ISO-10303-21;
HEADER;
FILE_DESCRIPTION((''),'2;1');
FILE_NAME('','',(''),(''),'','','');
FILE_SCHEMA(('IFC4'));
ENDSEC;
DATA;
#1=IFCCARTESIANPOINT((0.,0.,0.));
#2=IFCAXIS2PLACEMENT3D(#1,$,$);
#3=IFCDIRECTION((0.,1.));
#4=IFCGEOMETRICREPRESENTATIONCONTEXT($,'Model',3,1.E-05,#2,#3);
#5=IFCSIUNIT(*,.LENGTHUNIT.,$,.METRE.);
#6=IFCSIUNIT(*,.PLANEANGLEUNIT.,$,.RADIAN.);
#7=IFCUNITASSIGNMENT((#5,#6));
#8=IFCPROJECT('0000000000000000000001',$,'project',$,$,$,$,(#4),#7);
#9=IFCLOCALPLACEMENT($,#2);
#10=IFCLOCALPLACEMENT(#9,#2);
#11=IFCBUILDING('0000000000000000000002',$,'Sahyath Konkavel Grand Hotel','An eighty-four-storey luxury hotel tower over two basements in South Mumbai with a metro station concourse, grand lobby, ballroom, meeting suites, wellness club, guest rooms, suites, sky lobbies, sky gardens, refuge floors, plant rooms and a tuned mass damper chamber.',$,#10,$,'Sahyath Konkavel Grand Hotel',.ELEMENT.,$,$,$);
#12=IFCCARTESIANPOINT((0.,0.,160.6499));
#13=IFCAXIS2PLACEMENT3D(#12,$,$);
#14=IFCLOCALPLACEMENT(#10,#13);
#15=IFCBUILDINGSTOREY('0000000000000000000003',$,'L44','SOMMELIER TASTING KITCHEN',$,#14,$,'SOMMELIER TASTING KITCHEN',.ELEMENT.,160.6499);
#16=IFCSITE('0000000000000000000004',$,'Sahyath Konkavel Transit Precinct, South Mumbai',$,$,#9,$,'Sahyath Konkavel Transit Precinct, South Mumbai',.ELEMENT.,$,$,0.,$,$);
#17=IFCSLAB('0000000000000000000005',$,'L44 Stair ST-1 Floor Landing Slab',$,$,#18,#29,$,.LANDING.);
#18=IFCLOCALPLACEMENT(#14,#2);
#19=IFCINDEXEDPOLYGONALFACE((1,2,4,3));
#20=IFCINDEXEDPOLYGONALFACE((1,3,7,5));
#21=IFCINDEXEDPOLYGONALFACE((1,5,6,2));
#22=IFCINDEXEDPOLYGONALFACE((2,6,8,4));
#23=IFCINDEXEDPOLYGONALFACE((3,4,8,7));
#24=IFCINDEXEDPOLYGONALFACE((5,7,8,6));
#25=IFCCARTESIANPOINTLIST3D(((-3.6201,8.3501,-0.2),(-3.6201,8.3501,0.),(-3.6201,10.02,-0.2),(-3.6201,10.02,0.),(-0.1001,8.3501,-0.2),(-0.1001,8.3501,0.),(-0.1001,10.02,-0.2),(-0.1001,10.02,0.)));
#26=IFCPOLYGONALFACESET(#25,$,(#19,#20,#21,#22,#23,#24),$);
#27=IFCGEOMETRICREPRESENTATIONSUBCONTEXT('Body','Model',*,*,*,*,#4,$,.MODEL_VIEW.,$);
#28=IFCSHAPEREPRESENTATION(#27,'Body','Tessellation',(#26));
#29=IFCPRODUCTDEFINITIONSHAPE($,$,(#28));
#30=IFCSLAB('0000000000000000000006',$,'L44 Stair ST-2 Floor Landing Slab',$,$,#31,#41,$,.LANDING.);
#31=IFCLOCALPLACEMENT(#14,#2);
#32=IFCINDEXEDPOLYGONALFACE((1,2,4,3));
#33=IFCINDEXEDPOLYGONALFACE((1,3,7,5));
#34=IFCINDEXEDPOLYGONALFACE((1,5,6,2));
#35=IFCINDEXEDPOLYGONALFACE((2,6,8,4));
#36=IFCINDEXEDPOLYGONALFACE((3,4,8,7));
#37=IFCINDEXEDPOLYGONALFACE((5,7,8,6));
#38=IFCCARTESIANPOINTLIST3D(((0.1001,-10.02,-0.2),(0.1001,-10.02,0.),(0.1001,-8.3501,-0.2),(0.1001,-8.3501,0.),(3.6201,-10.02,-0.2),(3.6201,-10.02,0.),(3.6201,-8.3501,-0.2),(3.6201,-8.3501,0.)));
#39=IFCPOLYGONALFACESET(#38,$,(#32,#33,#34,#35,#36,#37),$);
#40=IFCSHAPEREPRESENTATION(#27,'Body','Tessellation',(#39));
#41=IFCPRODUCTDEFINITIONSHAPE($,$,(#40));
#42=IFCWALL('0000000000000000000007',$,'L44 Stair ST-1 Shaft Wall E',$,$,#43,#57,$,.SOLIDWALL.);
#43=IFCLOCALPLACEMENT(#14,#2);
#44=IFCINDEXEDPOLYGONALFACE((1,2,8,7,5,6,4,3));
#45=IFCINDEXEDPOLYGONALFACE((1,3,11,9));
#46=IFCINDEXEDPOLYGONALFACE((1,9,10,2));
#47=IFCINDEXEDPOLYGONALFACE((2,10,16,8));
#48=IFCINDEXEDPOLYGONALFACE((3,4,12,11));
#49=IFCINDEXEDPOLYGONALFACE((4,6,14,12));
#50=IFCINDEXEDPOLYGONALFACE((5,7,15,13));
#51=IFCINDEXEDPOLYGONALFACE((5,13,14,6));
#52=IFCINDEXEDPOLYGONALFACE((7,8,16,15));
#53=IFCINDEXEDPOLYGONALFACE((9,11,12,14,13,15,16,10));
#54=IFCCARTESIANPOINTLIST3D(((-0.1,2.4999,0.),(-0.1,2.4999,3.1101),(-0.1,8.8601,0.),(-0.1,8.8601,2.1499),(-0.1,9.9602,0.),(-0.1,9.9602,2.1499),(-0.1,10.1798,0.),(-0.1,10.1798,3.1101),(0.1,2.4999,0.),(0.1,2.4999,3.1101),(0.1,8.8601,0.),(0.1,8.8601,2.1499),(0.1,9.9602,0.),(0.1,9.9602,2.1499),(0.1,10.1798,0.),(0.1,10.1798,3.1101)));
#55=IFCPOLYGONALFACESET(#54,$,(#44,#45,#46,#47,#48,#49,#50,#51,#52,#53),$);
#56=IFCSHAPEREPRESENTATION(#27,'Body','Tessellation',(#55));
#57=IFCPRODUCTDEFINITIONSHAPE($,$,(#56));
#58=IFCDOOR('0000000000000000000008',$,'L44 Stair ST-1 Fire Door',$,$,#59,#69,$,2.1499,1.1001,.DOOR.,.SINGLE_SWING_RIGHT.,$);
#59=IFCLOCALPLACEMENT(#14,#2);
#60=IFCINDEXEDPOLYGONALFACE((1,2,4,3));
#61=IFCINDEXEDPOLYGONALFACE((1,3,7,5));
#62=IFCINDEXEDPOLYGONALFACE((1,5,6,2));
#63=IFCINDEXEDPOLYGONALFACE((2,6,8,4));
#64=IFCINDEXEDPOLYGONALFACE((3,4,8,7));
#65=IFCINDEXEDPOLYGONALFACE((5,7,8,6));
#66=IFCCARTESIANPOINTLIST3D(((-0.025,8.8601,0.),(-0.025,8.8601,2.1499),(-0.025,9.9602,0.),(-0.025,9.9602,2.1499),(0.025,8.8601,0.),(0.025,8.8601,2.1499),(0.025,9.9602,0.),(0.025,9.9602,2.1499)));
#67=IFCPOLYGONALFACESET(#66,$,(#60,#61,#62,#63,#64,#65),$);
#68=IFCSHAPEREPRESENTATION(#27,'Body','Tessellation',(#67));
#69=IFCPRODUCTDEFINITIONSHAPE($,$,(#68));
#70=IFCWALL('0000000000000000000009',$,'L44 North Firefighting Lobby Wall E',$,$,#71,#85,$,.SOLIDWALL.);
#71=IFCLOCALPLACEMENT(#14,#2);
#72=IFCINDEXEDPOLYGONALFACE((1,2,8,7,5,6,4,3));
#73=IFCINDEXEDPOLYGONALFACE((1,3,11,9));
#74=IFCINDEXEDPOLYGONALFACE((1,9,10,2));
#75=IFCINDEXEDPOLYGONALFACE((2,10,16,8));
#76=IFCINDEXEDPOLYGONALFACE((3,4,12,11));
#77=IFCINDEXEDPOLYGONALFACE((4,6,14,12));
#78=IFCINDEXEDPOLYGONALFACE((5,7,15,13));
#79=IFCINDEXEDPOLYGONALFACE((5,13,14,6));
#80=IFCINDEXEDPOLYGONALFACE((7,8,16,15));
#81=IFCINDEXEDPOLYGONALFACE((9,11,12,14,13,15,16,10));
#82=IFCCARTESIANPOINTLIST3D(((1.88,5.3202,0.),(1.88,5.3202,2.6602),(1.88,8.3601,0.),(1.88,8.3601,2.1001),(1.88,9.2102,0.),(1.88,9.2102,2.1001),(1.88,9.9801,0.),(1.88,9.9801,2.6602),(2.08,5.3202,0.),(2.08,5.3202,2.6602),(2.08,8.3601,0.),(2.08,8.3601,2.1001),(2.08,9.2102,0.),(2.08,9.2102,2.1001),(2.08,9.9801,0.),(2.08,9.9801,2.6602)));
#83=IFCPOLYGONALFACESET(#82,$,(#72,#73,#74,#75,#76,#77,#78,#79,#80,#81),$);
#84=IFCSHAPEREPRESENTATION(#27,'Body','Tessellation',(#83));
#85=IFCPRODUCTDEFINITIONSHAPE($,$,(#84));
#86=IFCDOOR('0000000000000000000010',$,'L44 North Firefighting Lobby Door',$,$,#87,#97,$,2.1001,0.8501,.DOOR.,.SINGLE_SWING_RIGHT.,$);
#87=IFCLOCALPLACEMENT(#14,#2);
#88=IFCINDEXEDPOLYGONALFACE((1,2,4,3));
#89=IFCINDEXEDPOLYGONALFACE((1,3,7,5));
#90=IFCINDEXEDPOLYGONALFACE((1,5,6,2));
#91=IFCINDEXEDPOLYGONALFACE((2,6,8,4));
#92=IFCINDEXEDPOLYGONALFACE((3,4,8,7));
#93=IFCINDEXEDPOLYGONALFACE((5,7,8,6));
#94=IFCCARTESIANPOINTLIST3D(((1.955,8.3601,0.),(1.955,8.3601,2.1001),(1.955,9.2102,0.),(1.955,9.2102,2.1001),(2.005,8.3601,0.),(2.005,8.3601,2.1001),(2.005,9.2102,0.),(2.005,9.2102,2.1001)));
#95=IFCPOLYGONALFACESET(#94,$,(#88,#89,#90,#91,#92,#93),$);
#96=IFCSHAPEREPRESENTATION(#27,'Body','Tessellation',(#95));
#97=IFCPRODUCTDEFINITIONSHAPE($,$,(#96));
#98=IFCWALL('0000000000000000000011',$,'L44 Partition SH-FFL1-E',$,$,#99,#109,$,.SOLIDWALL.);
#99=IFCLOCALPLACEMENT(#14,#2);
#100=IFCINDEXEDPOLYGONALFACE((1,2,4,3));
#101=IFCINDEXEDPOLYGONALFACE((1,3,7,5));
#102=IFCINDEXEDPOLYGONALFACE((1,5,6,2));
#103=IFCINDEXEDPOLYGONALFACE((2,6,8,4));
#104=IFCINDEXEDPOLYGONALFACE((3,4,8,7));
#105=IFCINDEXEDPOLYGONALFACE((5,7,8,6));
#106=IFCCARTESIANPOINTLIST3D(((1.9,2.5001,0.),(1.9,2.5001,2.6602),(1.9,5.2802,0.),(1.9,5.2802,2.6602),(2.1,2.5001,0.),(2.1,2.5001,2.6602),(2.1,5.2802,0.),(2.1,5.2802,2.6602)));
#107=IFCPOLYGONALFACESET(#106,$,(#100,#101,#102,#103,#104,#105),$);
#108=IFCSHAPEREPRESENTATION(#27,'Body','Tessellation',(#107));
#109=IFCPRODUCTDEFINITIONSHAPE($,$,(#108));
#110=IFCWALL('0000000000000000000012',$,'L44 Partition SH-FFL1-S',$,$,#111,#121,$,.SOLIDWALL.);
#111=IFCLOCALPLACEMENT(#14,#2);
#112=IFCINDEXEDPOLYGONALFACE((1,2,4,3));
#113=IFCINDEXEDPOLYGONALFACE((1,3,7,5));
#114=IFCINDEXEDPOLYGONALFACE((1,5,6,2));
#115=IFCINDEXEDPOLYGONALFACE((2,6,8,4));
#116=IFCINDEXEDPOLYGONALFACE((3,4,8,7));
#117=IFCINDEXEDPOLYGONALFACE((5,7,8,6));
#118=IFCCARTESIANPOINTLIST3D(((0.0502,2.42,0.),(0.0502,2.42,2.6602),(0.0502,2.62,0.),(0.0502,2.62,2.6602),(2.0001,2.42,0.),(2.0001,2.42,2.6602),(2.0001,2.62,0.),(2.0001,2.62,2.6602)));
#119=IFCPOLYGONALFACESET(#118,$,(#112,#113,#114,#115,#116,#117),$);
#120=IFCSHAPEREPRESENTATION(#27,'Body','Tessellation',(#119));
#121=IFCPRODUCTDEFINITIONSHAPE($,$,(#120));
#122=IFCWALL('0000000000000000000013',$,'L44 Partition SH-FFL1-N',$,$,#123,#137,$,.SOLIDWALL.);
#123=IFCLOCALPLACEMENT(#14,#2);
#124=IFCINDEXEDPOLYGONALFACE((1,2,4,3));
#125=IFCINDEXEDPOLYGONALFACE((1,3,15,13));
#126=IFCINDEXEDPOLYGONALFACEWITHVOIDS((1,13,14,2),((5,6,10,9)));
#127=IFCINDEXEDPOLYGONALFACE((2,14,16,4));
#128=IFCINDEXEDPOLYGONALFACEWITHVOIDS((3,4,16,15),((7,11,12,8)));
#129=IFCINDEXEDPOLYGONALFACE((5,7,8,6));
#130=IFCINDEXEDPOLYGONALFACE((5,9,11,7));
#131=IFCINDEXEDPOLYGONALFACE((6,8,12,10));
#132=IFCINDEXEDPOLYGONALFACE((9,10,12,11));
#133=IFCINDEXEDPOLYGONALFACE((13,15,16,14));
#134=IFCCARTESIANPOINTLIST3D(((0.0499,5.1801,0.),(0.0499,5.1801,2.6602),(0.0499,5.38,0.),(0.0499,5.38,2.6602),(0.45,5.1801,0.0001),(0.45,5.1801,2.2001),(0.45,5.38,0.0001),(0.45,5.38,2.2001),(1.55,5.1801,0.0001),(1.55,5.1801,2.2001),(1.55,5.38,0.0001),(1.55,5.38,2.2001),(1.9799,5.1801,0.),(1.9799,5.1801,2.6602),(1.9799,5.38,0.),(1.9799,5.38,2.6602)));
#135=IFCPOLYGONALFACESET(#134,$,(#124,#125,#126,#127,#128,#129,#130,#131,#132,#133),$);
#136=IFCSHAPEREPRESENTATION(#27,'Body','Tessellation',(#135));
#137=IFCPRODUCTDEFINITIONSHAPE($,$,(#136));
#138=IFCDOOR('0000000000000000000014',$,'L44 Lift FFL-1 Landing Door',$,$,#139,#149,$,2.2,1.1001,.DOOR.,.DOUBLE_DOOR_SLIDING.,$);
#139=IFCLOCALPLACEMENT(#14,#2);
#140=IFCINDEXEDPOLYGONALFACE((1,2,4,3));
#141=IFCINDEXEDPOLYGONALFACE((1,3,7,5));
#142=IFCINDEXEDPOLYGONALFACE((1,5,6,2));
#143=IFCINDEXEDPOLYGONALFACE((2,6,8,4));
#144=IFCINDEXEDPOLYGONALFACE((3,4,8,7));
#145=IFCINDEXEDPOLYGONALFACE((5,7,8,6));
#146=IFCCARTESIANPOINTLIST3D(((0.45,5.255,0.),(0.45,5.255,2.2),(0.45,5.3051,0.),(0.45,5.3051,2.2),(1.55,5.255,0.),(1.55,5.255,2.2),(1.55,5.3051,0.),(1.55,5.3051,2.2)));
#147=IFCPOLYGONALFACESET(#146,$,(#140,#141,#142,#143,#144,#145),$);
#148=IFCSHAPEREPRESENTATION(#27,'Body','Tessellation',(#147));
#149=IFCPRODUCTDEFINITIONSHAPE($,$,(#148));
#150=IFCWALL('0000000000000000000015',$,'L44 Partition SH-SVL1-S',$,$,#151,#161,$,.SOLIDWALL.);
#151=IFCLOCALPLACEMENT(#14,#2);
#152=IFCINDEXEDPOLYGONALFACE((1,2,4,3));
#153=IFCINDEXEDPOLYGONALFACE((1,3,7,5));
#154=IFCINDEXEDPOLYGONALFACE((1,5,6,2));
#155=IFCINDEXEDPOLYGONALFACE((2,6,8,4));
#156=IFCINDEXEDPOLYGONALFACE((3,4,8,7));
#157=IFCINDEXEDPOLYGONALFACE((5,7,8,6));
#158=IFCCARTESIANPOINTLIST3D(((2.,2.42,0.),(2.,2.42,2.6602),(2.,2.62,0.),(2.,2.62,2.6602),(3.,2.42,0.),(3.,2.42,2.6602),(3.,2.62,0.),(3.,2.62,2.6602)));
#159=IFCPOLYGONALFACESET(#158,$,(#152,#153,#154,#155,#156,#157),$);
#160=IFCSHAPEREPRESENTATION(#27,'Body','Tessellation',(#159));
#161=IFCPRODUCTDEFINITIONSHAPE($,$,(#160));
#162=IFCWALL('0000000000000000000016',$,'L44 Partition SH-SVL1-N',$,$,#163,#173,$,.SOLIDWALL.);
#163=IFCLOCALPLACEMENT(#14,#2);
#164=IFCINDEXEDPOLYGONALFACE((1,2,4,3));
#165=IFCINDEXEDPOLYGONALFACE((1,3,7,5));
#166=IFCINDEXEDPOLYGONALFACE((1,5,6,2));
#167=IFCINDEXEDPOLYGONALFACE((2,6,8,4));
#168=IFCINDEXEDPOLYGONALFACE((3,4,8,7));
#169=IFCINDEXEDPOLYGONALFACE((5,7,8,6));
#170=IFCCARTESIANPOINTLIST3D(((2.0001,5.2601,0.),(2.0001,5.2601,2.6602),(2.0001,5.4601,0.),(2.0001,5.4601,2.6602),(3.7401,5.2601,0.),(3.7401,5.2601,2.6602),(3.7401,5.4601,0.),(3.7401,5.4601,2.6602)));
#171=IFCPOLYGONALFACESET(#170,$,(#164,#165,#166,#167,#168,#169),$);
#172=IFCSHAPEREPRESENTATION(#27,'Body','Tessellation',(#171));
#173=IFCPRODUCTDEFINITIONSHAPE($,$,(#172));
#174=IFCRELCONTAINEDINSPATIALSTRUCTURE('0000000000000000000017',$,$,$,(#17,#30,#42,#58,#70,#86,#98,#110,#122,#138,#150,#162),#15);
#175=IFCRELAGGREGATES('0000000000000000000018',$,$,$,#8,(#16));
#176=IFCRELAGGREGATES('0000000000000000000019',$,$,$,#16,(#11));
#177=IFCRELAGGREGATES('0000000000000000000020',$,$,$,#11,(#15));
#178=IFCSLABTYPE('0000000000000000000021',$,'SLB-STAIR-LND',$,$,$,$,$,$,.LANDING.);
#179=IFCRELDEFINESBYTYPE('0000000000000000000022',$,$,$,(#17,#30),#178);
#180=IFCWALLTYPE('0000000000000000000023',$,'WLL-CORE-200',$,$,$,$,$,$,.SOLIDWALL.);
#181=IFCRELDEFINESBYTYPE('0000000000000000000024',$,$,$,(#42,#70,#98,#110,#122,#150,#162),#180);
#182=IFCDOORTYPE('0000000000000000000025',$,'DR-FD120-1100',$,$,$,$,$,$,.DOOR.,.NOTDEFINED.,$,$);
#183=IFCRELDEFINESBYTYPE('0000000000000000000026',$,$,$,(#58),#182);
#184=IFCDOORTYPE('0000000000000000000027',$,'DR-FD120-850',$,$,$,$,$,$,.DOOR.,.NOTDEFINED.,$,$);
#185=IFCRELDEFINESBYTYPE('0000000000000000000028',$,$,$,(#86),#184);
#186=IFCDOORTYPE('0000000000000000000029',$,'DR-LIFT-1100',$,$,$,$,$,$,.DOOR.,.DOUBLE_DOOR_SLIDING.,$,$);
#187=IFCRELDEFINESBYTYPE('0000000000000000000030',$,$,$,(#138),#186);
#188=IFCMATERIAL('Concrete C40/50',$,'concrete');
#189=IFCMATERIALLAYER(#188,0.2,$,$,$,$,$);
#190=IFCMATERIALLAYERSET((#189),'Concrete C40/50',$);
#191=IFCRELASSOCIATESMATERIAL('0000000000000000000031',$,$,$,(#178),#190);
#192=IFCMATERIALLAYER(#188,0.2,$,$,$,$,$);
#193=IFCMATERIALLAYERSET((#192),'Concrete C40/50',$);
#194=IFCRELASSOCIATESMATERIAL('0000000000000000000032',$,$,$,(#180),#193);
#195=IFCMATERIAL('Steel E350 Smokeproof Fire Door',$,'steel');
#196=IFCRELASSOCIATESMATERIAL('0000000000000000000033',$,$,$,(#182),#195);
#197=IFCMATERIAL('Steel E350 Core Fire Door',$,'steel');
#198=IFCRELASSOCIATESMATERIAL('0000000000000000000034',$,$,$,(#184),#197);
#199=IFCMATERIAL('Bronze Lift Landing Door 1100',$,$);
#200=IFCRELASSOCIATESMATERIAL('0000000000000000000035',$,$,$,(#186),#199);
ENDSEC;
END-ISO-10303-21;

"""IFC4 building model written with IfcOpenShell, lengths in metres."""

from ifc_helpers import new_model, si_unit, direction, frame, frame_2d, origin, origin_2d, place, context, subcontext, project, spatial, polyline, rectangle, outline, extrude, source, transform, mapped, material, layer, layer_set, type_object, element, fill, save


model = new_model("IFC4")

# Units and contexts
model_context = context("Model", 3, precision=1e-05, world=origin(), true_north=direction((0.0, 1.0)))
body_context = subcontext(model_context, "Body", "Model", "MODEL_VIEW")
ifc_project = project(units=[si_unit("LENGTHUNIT", "METRE"), si_unit("PLANEANGLEUNIT", "RADIAN")], contexts=[model_context])

# Site, building, storey
site_placement = place(None, origin())
site = spatial("IfcSite", under=ifc_project, at=site_placement, Name="Sahyath Konkavel Transit Precinct, South Mumbai", LongName="Sahyath Konkavel Transit Precinct, South Mumbai", CompositionType="ELEMENT", RefElevation=0.0)
building_placement = place(site_placement, origin())
building = spatial("IfcBuilding", under=site, at=building_placement, Name="Sahyath Konkavel Grand Hotel", Description="An eighty-four-storey luxury hotel tower over two basements in South Mumbai with a metro station concourse, grand lobby, ballroom, meeting suites, wellness club, guest rooms, suites, sky lobbies, sky gardens, refuge floors, plant rooms and a tuned mass damper chamber.", LongName="Sahyath Konkavel Grand Hotel", CompositionType="ELEMENT")
storey_placement = place(building_placement, frame((0.0, 0.0, 160.6499)))
storey = spatial("IfcBuildingStorey", under=building, at=storey_placement, Name="L44", Description="SOMMELIER TASTING KITCHEN", LongName="SOMMELIER TASTING KITCHEN", CompositionType="ELEMENT", Elevation=160.6499)

# Slabs
ifc_material_1 = material(Name="Concrete C40/50", Category="concrete")
ifc_layer_1 = layer(ifc_material_1, 0.2)
ifc_layer_set_1 = layer_set([ifc_layer_1], Name="Concrete C40/50")
slab_type_1 = type_object("IfcSlabType", Name="SLB-STAIR-LND", PredefinedType="LANDING", material=ifc_layer_set_1)
slab_1_placement = place(storey_placement, frame((0.0, 0.0, -0.2)))
element("IfcSlab", 1, at=slab_1_placement, inside=storey, type_object=slab_type_1, Name="L44 Stair ST-1 Floor Landing Slab", PredefinedType="LANDING", context=body_context, shape_type="SweptSolid", body=[
    extrude(outline(polyline([(-3.6201, 8.3501), (-0.1001, 8.3501), (-0.1001, 10.02), (-3.6201, 10.02), (-3.6201, 8.3501)])), origin(), (0.0, 0.0, 1.0), 0.2),
])
slab_2_placement = place(storey_placement, frame((0.0, 0.0, -0.2)))
element("IfcSlab", 2, at=slab_2_placement, inside=storey, type_object=slab_type_1, Name="L44 Stair ST-2 Floor Landing Slab", PredefinedType="LANDING", context=body_context, shape_type="SweptSolid", body=[
    extrude(outline(polyline([(0.1001, -10.02), (3.6201, -10.02), (3.6201, -8.3501), (0.1001, -8.3501), (0.1001, -10.02)])), origin(), (0.0, 0.0, 1.0), 0.2),
])

# Walls, openings, doors
ifc_layer_2 = layer(ifc_material_1, 0.2)
ifc_layer_set_2 = layer_set([ifc_layer_2], Name="Concrete C40/50")
wall_type = type_object("IfcWallType", Name="WLL-CORE-200", PredefinedType="SOLIDWALL", material=ifc_layer_set_2)
wall_1_placement = place(storey_placement, frame((0.0, 2.5, 0.0), z_axis=(0.0, 0.0, 1.0), x_axis=(0.0, 1.0, 0.0)))
wall_1 = element("IfcWall", 3, at=wall_1_placement, inside=storey, type_object=wall_type, Name="L44 Stair ST-1 Shaft Wall E", PredefinedType="SOLIDWALL", context=body_context, shape_type="SweptSolid", body=[
    extrude(rectangle(XDim=7.6799, YDim=0.2, at=frame_2d((3.8398, 0.0))), origin(), (0.0, 0.0, 1.0), 3.1101),
])
opening_1_placement = place(wall_1_placement, frame((6.3601, 0.0, 0.0)))
opening_1 = element("IfcOpeningElement", 4, at=opening_1_placement, cuts=wall_1, PredefinedType="OPENING", context=body_context, shape_type="SweptSolid", body=[
    extrude(rectangle(XDim=1.1001, YDim=2.1499, at=frame_2d((0.55, 1.075))), frame((0.0, 0.1099, 0.0), z_axis=(0.0, -1.0, 0.0), x_axis=(1.0, 0.0, 0.0)), (0.0, 0.0, 1.0), 0.22),
])
ifc_material_2 = material(Name="Steel E350 Smokeproof Fire Door", Category="steel")
door_type_1 = type_object("IfcDoorType", Name="DR-FD120-1100", OperationType="NOTDEFINED", PredefinedType="DOOR", material=ifc_material_2)
shared_shape_1 = source(origin(), body_context, "Body", "SweptSolid", [
    extrude(rectangle(XDim=1.1001, YDim=0.05, at=origin_2d()), origin(), (0.0, 0.0, 1.0), 2.1499),
])
door_1_placement = place(opening_1_placement, frame((0.55, 0.0, 0.0)))
door_1 = element("IfcDoor", 5, at=door_1_placement, inside=storey, type_object=door_type_1, Name="L44 Stair ST-1 Fire Door", OperationType="SINGLE_SWING_RIGHT", OverallHeight=2.1499, OverallWidth=1.1001, PredefinedType="DOOR", context=body_context, shape_type="MappedRepresentation", body=[
    mapped(shared_shape_1, transform((0.0, 0.0, 0.0), scale=1.0)),
])
fill(opening_1, door_1)
wall_2_placement = place(storey_placement, frame((1.98, 5.3201, 0.0), z_axis=(0.0, 0.0, 1.0), x_axis=(0.0, 1.0, 0.0)))
wall_2 = element("IfcWall", 6, at=wall_2_placement, inside=storey, type_object=wall_type, Name="L44 North Firefighting Lobby Wall E", PredefinedType="SOLIDWALL", context=body_context, shape_type="SweptSolid", body=[
    extrude(rectangle(XDim=4.6599, YDim=0.2, at=frame_2d((2.3301, 0.0))), origin(), (0.0, 0.0, 1.0), 2.6602),
])
opening_2_placement = place(wall_2_placement, frame((3.04, 0.0, 0.0)))
opening_2 = element("IfcOpeningElement", 7, at=opening_2_placement, cuts=wall_2, PredefinedType="OPENING", context=body_context, shape_type="SweptSolid", body=[
    extrude(rectangle(XDim=0.8501, YDim=2.1001, at=frame_2d((0.425, 1.05))), frame((0.0, 0.1099, 0.0), z_axis=(0.0, -1.0, 0.0), x_axis=(1.0, 0.0, 0.0)), (0.0, 0.0, 1.0), 0.22),
])
ifc_material_3 = material(Name="Steel E350 Core Fire Door", Category="steel")
door_type_2 = type_object("IfcDoorType", Name="DR-FD120-850", OperationType="NOTDEFINED", PredefinedType="DOOR", material=ifc_material_3)
shared_shape_2 = source(origin(), body_context, "Body", "SweptSolid", [
    extrude(rectangle(XDim=0.8501, YDim=0.05, at=origin_2d()), origin(), (0.0, 0.0, 1.0), 2.1001),
])
door_2_placement = place(opening_2_placement, frame((0.425, 0.0, 0.0)))
door_2 = element("IfcDoor", 8, at=door_2_placement, inside=storey, type_object=door_type_2, Name="L44 North Firefighting Lobby Door", OperationType="SINGLE_SWING_RIGHT", OverallHeight=2.1001, OverallWidth=0.8501, PredefinedType="DOOR", context=body_context, shape_type="MappedRepresentation", body=[
    mapped(shared_shape_2, transform((0.0, 0.0, 0.0), scale=1.0)),
])
fill(opening_2, door_2)

# Walls
wall_3_placement = place(storey_placement, frame((2.0, 2.5, 0.0), z_axis=(0.0, 0.0, 1.0), x_axis=(0.0, 1.0, 0.0)))
element("IfcWall", 9, at=wall_3_placement, inside=storey, type_object=wall_type, Name="L44 Partition SH-FFL1-E", PredefinedType="SOLIDWALL", context=body_context, shape_type="SweptSolid", body=[
    extrude(rectangle(XDim=2.78, YDim=0.2, at=frame_2d((1.3901, 0.0))), origin(), (0.0, 0.0, 1.0), 2.6602),
])
wall_4_placement = place(storey_placement, frame((0.05, 2.52, 0.0), z_axis=(0.0, 0.0, 1.0), x_axis=(1.0, 0.0, 0.0)))
element("IfcWall", 10, at=wall_4_placement, inside=storey, type_object=wall_type, Name="L44 Partition SH-FFL1-S", PredefinedType="SOLIDWALL", context=body_context, shape_type="SweptSolid", body=[
    extrude(rectangle(XDim=1.95, YDim=0.2, at=frame_2d((0.9751, 0.0))), origin(), (0.0, 0.0, 1.0), 2.6602),
])

# Wall, opening, door
wall_5_placement = place(storey_placement, frame((0.05, 5.28, 0.0), z_axis=(0.0, 0.0, 1.0), x_axis=(1.0, 0.0, 0.0)))
wall_5 = element("IfcWall", 11, at=wall_5_placement, inside=storey, type_object=wall_type, Name="L44 Partition SH-FFL1-N", PredefinedType="SOLIDWALL", context=body_context, shape_type="SweptSolid", body=[
    extrude(rectangle(XDim=1.9299, YDim=0.2, at=frame_2d((0.9648, 0.0))), origin(), (0.0, 0.0, 1.0), 2.6602),
])
opening_3_placement = place(wall_5_placement, frame((0.3999, 0.0, 0.0)))
opening_3 = element("IfcOpeningElement", 12, at=opening_3_placement, cuts=wall_5, PredefinedType="OPENING", context=body_context, shape_type="SweptSolid", body=[
    extrude(rectangle(XDim=1.1001, YDim=2.2, at=frame_2d((0.55, 1.1001))), frame((0.0, 0.1099, 0.0), z_axis=(0.0, -1.0, 0.0), x_axis=(1.0, 0.0, 0.0)), (0.0, 0.0, 1.0), 0.22),
])
ifc_material_4 = material(Name="Bronze Lift Landing Door 1100")
door_type_3 = type_object("IfcDoorType", Name="DR-LIFT-1100", OperationType="DOUBLE_DOOR_SLIDING", PredefinedType="DOOR", material=ifc_material_4)
shared_shape_3 = source(origin(), body_context, "Body", "SweptSolid", [
    extrude(rectangle(XDim=1.1001, YDim=0.05, at=origin_2d()), origin(), (0.0, 0.0, 1.0), 2.2),
])
door_3_placement = place(opening_3_placement, frame((0.55, 0.0, 0.0)))
door_3 = element("IfcDoor", 13, at=door_3_placement, inside=storey, type_object=door_type_3, Name="L44 Lift FFL-1 Landing Door", OperationType="DOUBLE_DOOR_SLIDING", OverallHeight=2.2, OverallWidth=1.1001, PredefinedType="DOOR", context=body_context, shape_type="MappedRepresentation", body=[
    mapped(shared_shape_3, transform((0.0, 0.0, 0.0), scale=1.0)),
])
fill(opening_3, door_3)

# Walls
wall_6_placement = place(storey_placement, frame((2.0, 2.52, 0.0), z_axis=(0.0, 0.0, 1.0), x_axis=(1.0, 0.0, 0.0)))
element("IfcWall", 14, at=wall_6_placement, inside=storey, type_object=wall_type, Name="L44 Partition SH-SVL1-S", PredefinedType="SOLIDWALL", context=body_context, shape_type="SweptSolid", body=[
    extrude(rectangle(XDim=1.0, YDim=0.2, at=frame_2d((0.5, 0.0))), origin(), (0.0, 0.0, 1.0), 2.6602),
])
wall_7_placement = place(storey_placement, frame((2.0, 5.3601, 0.0), z_axis=(0.0, 0.0, 1.0), x_axis=(1.0, 0.0, 0.0)))
element("IfcWall", 15, at=wall_7_placement, inside=storey, type_object=wall_type, Name="L44 Partition SH-SVL1-N", PredefinedType="SOLIDWALL", context=body_context, shape_type="SweptSolid", body=[
    extrude(rectangle(XDim=1.74, YDim=0.2, at=frame_2d((0.8701, 0.0))), origin(), (0.0, 0.0, 1.0), 2.6602),
])

save(model, "model.ifc")
